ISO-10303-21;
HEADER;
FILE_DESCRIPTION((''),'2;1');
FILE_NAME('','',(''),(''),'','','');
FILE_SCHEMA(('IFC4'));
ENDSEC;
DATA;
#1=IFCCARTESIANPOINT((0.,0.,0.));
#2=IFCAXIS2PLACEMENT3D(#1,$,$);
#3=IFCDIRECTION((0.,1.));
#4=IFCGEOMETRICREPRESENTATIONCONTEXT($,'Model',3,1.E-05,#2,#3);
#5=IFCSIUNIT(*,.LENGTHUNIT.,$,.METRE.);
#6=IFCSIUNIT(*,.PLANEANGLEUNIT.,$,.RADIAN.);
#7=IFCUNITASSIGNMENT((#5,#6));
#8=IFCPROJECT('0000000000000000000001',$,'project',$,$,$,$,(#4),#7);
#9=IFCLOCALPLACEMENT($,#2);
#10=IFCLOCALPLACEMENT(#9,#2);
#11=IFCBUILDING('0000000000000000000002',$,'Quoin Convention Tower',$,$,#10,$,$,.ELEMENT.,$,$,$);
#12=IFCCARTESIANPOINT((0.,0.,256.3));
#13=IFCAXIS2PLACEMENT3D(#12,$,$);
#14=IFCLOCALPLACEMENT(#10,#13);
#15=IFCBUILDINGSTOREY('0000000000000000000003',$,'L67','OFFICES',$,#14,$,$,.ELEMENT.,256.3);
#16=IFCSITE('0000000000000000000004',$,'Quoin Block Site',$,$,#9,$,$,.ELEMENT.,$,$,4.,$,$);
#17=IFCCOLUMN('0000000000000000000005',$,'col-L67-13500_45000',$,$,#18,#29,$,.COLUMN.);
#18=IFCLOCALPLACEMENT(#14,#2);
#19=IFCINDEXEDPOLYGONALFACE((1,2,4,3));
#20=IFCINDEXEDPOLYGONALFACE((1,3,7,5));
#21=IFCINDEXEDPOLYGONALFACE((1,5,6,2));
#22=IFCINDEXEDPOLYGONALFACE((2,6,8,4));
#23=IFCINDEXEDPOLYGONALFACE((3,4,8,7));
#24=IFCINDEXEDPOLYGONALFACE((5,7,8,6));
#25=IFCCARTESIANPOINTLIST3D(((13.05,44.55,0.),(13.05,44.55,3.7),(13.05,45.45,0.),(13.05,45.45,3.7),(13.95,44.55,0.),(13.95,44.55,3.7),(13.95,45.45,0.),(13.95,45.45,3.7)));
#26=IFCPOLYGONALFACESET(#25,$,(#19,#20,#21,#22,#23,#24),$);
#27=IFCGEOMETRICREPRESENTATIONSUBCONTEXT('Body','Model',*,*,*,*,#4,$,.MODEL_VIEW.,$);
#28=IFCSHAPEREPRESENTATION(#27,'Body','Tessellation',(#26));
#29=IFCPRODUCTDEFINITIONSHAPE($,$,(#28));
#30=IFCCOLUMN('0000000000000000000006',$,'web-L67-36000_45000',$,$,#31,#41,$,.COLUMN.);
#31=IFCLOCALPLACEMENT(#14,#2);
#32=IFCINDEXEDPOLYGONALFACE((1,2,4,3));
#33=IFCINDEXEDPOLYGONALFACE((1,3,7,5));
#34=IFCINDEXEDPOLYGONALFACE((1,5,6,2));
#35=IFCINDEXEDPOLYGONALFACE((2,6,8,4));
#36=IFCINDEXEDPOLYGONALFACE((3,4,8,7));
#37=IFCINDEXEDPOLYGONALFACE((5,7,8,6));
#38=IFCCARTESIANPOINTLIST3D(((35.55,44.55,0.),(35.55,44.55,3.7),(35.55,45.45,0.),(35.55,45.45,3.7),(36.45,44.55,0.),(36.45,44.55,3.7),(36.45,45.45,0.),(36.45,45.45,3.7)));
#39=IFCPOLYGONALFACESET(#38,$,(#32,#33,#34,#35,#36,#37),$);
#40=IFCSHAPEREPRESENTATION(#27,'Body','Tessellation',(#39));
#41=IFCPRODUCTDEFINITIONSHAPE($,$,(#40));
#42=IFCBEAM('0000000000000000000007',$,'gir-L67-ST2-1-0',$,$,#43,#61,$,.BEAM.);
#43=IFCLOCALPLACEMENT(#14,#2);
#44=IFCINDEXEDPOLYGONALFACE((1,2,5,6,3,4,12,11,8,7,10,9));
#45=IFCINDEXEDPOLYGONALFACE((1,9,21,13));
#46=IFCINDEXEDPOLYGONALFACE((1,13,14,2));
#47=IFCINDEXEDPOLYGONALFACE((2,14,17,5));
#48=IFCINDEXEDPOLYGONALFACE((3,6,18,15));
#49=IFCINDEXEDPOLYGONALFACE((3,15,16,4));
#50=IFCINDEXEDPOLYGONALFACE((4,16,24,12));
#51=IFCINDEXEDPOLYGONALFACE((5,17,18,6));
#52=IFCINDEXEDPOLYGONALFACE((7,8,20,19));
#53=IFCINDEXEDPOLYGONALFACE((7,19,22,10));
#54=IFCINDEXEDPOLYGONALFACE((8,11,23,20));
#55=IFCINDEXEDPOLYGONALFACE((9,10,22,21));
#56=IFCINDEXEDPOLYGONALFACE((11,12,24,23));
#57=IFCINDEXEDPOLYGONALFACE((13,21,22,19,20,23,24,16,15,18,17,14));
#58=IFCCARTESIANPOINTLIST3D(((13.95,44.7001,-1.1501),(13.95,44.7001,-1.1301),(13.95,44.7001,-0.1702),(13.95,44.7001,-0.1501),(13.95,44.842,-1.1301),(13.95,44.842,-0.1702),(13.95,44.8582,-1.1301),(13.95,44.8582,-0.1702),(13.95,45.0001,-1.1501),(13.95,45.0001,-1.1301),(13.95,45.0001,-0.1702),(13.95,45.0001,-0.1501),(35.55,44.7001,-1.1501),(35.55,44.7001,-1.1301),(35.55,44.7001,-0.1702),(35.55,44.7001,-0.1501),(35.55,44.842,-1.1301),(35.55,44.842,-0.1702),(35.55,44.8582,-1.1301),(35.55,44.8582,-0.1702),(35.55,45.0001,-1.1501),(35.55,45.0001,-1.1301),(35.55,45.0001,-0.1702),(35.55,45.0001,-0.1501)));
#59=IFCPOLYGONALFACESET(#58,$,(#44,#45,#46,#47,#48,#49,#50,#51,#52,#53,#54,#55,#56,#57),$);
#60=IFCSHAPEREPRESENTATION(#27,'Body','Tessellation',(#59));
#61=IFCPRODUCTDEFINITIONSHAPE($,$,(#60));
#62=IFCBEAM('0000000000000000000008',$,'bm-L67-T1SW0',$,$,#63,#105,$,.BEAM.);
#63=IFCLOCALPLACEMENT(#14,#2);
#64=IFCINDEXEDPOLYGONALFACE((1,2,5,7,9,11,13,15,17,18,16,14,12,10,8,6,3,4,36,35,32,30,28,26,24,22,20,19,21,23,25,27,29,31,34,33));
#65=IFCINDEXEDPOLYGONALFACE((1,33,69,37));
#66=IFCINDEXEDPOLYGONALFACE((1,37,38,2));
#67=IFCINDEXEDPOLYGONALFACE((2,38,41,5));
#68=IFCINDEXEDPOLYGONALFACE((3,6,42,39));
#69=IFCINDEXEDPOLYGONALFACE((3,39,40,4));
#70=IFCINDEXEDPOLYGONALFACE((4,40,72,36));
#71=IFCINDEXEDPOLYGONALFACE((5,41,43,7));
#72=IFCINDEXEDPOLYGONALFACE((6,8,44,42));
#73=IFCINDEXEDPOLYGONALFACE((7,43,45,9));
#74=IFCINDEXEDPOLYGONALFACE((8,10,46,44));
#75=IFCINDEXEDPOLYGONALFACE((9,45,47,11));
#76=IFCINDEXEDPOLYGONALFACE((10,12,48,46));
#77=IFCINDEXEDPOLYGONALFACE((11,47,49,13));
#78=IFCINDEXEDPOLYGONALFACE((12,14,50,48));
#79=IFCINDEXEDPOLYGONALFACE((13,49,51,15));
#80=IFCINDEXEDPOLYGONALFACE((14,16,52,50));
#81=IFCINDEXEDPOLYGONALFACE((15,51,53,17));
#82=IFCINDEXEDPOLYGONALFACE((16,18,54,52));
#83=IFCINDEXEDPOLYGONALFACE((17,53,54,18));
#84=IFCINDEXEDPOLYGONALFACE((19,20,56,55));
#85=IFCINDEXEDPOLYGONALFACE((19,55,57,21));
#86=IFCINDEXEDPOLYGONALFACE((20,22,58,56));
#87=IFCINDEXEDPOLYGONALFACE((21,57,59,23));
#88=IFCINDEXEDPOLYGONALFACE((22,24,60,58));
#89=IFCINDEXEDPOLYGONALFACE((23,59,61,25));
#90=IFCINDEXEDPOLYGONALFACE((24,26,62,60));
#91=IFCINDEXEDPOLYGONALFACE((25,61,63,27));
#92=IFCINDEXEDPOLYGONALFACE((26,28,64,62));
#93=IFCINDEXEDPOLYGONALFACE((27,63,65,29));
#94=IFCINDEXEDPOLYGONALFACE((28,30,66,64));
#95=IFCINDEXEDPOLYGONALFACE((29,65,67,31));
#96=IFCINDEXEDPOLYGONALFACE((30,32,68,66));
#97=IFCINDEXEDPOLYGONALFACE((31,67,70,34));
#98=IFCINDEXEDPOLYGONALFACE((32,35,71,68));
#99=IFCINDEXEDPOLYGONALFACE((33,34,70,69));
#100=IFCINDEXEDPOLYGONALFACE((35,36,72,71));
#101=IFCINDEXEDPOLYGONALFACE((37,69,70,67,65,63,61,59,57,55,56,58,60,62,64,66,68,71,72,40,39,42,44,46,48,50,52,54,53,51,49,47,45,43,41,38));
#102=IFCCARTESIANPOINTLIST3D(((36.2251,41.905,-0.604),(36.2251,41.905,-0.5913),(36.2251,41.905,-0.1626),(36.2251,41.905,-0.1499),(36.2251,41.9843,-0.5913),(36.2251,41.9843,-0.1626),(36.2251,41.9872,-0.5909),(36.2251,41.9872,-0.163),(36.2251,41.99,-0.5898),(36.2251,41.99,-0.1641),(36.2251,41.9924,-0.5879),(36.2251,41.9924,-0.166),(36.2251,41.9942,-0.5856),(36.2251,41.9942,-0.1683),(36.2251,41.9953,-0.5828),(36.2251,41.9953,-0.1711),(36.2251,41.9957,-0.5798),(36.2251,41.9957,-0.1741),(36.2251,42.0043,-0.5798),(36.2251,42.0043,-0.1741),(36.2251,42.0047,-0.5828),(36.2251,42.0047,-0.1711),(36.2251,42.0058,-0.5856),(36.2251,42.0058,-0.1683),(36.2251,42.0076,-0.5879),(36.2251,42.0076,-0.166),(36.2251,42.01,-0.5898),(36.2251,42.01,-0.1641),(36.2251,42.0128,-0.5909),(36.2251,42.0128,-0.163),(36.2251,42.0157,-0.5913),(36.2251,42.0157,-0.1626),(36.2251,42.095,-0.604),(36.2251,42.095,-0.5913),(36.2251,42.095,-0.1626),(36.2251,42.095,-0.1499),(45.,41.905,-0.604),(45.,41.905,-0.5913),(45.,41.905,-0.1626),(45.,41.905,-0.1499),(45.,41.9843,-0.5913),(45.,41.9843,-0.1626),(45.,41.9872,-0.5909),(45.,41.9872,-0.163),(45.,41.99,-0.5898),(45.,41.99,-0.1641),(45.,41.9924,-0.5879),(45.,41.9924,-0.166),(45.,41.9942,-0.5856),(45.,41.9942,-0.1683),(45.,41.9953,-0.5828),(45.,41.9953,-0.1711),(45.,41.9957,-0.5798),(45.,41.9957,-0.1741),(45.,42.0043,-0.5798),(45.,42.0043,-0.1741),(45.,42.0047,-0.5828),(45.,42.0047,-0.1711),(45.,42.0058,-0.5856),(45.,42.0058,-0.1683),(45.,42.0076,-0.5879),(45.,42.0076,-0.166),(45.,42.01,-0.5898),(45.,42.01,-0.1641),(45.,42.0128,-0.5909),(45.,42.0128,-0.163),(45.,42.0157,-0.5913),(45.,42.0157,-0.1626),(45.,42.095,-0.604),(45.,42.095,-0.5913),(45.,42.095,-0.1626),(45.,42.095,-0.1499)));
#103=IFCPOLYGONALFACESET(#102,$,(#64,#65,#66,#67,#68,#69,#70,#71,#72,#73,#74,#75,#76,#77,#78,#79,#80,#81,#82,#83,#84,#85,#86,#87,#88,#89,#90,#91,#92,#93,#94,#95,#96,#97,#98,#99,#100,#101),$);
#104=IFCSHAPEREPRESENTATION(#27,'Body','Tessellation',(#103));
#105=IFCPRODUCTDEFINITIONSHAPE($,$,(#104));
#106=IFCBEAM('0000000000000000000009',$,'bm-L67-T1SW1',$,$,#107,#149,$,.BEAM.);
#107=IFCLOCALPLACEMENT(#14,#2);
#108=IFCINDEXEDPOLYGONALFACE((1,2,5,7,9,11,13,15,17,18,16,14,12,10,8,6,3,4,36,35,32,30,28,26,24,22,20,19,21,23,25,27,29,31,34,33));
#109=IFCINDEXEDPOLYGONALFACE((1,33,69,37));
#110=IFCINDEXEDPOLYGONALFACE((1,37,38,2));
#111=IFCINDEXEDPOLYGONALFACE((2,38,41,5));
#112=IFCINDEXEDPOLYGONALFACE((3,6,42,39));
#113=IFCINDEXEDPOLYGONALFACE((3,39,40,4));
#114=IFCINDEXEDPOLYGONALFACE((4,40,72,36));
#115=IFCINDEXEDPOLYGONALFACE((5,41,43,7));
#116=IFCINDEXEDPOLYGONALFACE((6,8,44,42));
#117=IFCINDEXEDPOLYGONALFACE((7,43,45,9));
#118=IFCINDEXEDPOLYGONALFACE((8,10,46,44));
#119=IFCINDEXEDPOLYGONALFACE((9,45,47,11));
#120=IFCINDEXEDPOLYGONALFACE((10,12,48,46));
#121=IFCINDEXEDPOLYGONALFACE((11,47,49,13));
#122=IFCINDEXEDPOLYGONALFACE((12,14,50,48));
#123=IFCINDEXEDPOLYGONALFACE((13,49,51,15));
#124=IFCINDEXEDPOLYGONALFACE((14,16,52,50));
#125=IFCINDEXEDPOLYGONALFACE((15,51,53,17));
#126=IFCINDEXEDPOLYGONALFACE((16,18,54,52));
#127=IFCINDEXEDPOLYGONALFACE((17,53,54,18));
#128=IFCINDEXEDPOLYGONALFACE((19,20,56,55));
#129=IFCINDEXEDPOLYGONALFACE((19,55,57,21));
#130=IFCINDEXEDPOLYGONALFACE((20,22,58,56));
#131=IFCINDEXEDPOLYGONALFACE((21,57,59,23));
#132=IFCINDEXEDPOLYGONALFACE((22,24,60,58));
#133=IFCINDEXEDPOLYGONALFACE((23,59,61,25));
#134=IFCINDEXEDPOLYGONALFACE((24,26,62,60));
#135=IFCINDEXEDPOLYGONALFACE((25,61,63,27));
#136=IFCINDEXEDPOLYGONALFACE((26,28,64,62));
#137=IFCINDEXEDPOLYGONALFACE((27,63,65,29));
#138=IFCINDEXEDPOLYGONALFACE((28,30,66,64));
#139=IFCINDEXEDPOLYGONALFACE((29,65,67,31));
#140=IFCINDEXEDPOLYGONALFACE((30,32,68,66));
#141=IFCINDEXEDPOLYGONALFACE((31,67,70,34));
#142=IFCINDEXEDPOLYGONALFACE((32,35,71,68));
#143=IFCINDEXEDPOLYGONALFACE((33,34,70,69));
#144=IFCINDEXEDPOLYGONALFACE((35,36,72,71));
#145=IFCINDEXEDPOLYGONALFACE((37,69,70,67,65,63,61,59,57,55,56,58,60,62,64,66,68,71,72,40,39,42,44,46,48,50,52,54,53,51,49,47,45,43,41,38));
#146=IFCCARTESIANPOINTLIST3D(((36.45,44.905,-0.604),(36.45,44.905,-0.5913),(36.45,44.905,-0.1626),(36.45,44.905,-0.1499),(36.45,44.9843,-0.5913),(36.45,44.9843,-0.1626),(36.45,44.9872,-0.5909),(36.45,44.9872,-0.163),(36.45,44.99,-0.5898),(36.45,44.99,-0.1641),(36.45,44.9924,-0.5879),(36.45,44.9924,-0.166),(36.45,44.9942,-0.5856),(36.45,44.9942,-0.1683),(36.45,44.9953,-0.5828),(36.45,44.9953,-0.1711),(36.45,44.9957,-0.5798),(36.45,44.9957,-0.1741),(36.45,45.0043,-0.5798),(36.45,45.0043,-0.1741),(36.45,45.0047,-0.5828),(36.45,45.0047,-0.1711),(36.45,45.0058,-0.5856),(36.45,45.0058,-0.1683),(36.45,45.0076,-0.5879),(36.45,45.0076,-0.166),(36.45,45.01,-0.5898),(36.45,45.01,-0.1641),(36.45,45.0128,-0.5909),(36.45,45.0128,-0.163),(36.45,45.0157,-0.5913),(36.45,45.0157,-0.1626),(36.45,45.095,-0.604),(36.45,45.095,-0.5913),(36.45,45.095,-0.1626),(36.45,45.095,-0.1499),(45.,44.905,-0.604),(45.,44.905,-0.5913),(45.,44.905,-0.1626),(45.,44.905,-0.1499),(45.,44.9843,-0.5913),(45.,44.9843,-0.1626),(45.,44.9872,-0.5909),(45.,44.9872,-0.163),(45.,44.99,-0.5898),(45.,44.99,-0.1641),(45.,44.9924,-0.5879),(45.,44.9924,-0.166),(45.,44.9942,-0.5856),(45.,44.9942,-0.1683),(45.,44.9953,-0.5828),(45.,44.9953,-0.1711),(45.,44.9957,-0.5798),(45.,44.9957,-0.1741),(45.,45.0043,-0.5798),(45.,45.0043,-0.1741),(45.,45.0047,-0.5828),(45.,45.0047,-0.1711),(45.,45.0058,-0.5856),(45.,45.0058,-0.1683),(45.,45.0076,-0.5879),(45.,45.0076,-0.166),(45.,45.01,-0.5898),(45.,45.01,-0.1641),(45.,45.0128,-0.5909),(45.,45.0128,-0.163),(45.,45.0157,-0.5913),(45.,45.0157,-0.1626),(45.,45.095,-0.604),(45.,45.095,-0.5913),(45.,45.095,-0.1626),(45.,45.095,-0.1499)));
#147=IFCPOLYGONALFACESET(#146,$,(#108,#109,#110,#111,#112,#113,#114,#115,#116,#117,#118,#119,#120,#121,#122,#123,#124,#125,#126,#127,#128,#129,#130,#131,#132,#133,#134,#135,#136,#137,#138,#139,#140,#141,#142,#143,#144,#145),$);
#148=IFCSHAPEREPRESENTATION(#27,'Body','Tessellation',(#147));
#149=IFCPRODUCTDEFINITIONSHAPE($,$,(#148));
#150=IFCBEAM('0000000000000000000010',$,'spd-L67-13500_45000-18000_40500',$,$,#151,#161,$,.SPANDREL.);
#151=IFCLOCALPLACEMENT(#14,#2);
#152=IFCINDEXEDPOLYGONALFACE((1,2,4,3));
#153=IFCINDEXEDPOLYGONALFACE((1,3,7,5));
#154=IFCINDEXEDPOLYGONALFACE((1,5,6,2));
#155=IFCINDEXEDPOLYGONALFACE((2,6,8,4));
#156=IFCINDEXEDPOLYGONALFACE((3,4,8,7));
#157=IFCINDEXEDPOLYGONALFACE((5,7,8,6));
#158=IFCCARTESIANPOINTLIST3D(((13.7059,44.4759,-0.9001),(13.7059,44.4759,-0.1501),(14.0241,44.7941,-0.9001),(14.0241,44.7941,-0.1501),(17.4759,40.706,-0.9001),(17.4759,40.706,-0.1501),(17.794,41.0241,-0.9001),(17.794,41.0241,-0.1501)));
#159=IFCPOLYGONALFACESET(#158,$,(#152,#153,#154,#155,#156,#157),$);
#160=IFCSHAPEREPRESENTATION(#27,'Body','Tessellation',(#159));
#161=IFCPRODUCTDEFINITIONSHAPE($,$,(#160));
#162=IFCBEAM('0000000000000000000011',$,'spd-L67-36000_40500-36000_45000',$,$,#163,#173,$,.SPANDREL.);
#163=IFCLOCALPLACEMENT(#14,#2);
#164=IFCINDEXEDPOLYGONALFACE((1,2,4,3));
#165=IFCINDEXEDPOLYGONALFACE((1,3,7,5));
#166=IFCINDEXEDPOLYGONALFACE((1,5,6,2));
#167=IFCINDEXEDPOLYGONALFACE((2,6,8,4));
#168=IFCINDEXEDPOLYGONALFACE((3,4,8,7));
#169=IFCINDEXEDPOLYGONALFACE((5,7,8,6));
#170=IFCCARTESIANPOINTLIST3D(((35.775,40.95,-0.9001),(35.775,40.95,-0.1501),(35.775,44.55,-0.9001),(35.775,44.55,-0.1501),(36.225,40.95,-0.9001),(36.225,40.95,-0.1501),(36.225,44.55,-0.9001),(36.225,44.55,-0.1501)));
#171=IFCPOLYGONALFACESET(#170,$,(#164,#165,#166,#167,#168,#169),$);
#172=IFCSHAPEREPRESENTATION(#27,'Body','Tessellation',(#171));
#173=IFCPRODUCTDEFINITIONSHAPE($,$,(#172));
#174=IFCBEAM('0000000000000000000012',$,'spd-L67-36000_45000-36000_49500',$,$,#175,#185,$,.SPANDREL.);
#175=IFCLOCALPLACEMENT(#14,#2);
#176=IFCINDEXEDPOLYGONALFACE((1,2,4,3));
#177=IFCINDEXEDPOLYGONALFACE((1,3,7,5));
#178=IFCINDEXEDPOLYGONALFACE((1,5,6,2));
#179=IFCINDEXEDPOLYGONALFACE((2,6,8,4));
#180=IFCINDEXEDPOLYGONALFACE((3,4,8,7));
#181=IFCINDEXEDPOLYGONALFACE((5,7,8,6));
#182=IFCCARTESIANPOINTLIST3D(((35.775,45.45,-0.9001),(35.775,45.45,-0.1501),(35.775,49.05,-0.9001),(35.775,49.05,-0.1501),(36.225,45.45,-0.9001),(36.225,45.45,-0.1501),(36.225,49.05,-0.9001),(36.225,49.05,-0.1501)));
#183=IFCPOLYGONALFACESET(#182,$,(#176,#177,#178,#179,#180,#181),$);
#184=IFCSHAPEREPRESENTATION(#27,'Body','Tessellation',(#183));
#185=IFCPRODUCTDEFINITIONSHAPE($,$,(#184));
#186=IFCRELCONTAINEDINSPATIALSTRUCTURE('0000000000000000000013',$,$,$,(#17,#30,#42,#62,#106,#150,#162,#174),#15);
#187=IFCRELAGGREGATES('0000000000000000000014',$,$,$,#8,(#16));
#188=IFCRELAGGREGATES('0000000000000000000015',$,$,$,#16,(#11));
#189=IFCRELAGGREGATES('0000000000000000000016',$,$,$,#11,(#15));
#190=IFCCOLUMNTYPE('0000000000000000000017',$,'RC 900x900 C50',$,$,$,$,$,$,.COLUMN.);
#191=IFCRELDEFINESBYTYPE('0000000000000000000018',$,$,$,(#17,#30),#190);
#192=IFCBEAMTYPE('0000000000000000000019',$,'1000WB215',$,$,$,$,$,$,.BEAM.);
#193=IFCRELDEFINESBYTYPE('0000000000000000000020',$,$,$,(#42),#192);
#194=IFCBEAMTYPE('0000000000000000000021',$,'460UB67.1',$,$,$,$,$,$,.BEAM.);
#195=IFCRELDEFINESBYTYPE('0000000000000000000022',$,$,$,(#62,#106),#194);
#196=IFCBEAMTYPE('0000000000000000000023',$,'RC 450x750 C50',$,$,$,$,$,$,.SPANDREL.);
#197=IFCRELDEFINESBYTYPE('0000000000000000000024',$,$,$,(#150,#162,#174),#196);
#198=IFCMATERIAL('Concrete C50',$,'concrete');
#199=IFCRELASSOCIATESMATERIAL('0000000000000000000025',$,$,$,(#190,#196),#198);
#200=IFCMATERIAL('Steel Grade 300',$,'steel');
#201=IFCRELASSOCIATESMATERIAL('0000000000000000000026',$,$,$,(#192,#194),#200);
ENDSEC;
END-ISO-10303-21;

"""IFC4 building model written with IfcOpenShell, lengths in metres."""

from ifc_helpers import new_model, si_unit, direction, frame, origin, origin_2d, place, context, subcontext, project, spatial, rectangle, i_section, extrude, material, material_profile, profile_set, type_object, element, save


model = new_model("IFC4")

# Units and contexts
model_context = context("Model", 3, precision=1e-05, world=origin(), true_north=direction((0.0, 1.0)))
body_context = subcontext(model_context, "Body", "Model", "MODEL_VIEW")
ifc_project = project(units=[si_unit("LENGTHUNIT", "METRE"), si_unit("PLANEANGLEUNIT", "RADIAN")], contexts=[model_context])

# Site, building, storey
site_placement = place(None, origin())
site = spatial("IfcSite", under=ifc_project, at=site_placement, Name="Quoin Block Site", CompositionType="ELEMENT", RefElevation=4.0)
building_placement = place(site_placement, origin())
building = spatial("IfcBuilding", under=site, at=building_placement, Name="Quoin Convention Tower", CompositionType="ELEMENT")
storey_placement = place(building_placement, frame((0.0, 0.0, 256.3)))
storey = spatial("IfcBuildingStorey", under=building, at=storey_placement, Name="L67", Description="OFFICES", CompositionType="ELEMENT", Elevation=256.3)

# Columns
ifc_material_1 = material(Name="Concrete C50", Category="concrete")
ifc_material_profile_1 = material_profile(ifc_material_1, rectangle(XDim=0.8999, YDim=0.8999, at=origin_2d()), Name="RC 900x900")
ifc_profile_set_1 = profile_set([ifc_material_profile_1], Name="Concrete C50")
column_type = type_object("IfcColumnType", Name="RC 900x900 C50", PredefinedType="COLUMN", material=ifc_profile_set_1)
for number, where, z_axis, x_axis, name in (
    (1, (13.5, 45.0, 0.0), (0.0, 0.0, 1.0), (1.0, 0.0, 0.0), "col-L67-13500_45000"),
    (2, (36.0, 45.0, 0.0), (0.0, 0.0, 1.0), (1.0, 0.0, 0.0), "web-L67-36000_45000"),
):
    element("IfcColumn", number, at=place(storey_placement, frame(where, z_axis=z_axis, x_axis=x_axis)), inside=storey, type_object=column_type, Name=name, PredefinedType="COLUMN", context=body_context, shape_type="SweptSolid", body=[
        extrude(rectangle(XDim=0.8999, YDim=0.8999, at=origin_2d()), origin(), (0.0, 0.0, 1.0), 3.7),
    ])

# Beams
ifc_material_2 = material(Name="Steel Grade 300", Category="steel")
ifc_material_profile_2 = material_profile(ifc_material_2, i_section(OverallWidth=0.3, OverallDepth=1.0, WebThickness=0.0161, FlangeThickness=0.02, at=origin_2d()), Name="1000WB215")
ifc_profile_set_2 = profile_set([ifc_material_profile_2], Name="Steel Grade 300")
beam_type_1 = type_object("IfcBeamType", Name="1000WB215", PredefinedType="BEAM", material=ifc_profile_set_2)
beam_1_placement = place(storey_placement, frame((13.95, 44.8501, -0.6501), z_axis=(1.0, 0.0, 0.0), x_axis=(0.0, 1.0, 0.0)))
element("IfcBeam", 3, at=beam_1_placement, inside=storey, type_object=beam_type_1, Name="gir-L67-ST2-1-0", PredefinedType="BEAM", context=body_context, shape_type="SweptSolid", body=[
    extrude(i_section(OverallWidth=0.3, OverallDepth=1.0, WebThickness=0.0161, FlangeThickness=0.02, at=origin_2d()), origin(), (0.0, 0.0, 1.0), 21.6001),
])
ifc_material_profile_3 = material_profile(ifc_material_2, i_section(OverallWidth=0.1899, OverallDepth=0.4541, WebThickness=0.0085, FlangeThickness=0.0127, FilletRadius=0.0115, at=origin_2d()), Name="460UB67.1")
ifc_profile_set_3 = profile_set([ifc_material_profile_3], Name="Steel Grade 300")
beam_type_2 = type_object("IfcBeamType", Name="460UB67.1", PredefinedType="BEAM", material=ifc_profile_set_3)
beam_2_placement = place(storey_placement, frame((36.2251, 42.0, -0.377), z_axis=(1.0, 0.0, 0.0), x_axis=(0.0, 1.0, 0.0)))
element("IfcBeam", 4, at=beam_2_placement, inside=storey, type_object=beam_type_2, Name="bm-L67-T1SW0", PredefinedType="BEAM", context=body_context, shape_type="SweptSolid", body=[
    extrude(i_section(OverallWidth=0.1899, OverallDepth=0.4541, WebThickness=0.0085, FlangeThickness=0.0127, FilletRadius=0.0115, at=origin_2d()), origin(), (0.0, 0.0, 1.0), 8.7749),
])
beam_3_placement = place(storey_placement, frame((36.45, 45.0, -0.377), z_axis=(1.0, 0.0, 0.0), x_axis=(0.0, 1.0, 0.0)))
element("IfcBeam", 5, at=beam_3_placement, inside=storey, type_object=beam_type_2, Name="bm-L67-T1SW1", PredefinedType="BEAM", context=body_context, shape_type="SweptSolid", body=[
    extrude(i_section(OverallWidth=0.1899, OverallDepth=0.4541, WebThickness=0.0085, FlangeThickness=0.0127, FilletRadius=0.0115, at=origin_2d()), origin(), (0.0, 0.0, 1.0), 8.55),
])
ifc_material_profile_4 = material_profile(ifc_material_1, rectangle(XDim=0.45, YDim=0.75, at=origin_2d()), Name="RC 450x750")
ifc_profile_set_4 = profile_set([ifc_material_profile_4], Name="Concrete C50")
beam_type_3 = type_object("IfcBeamType", Name="RC 450x750 C50", PredefinedType="SPANDREL", material=ifc_profile_set_4)
beam_4_placement = place(storey_placement, frame((13.865, 44.635, -0.5251), z_axis=(0.707107, -0.707107, 0.0), x_axis=(0.707107, 0.707107, 0.0)))
element("IfcBeam", 6, at=beam_4_placement, inside=storey, type_object=beam_type_3, Name="spd-L67-13500_45000-18000_40500", PredefinedType="SPANDREL", context=body_context, shape_type="SweptSolid", body=[
    extrude(rectangle(XDim=0.45, YDim=0.75, at=origin_2d()), origin(), (0.0, 0.0, 1.0), 5.3315),
])
for number, where, z_axis, x_axis, name in (
    (7, (36.0, 40.95, -0.5251), (0.0, 1.0, 0.0), (-1.0, 0.0, 0.0), "spd-L67-36000_40500-36000_45000"),
    (8, (36.0, 45.45, -0.5251), (0.0, 1.0, 0.0), (-1.0, 0.0, 0.0), "spd-L67-36000_45000-36000_49500"),
):
    element("IfcBeam", number, at=place(storey_placement, frame(where, z_axis=z_axis, x_axis=x_axis)), inside=storey, type_object=beam_type_3, Name=name, PredefinedType="SPANDREL", context=body_context, shape_type="SweptSolid", body=[
        extrude(rectangle(XDim=0.45, YDim=0.75, at=origin_2d()), origin(), (0.0, 0.0, 1.0), 3.6001),
    ])

save(model, "model.ifc")
